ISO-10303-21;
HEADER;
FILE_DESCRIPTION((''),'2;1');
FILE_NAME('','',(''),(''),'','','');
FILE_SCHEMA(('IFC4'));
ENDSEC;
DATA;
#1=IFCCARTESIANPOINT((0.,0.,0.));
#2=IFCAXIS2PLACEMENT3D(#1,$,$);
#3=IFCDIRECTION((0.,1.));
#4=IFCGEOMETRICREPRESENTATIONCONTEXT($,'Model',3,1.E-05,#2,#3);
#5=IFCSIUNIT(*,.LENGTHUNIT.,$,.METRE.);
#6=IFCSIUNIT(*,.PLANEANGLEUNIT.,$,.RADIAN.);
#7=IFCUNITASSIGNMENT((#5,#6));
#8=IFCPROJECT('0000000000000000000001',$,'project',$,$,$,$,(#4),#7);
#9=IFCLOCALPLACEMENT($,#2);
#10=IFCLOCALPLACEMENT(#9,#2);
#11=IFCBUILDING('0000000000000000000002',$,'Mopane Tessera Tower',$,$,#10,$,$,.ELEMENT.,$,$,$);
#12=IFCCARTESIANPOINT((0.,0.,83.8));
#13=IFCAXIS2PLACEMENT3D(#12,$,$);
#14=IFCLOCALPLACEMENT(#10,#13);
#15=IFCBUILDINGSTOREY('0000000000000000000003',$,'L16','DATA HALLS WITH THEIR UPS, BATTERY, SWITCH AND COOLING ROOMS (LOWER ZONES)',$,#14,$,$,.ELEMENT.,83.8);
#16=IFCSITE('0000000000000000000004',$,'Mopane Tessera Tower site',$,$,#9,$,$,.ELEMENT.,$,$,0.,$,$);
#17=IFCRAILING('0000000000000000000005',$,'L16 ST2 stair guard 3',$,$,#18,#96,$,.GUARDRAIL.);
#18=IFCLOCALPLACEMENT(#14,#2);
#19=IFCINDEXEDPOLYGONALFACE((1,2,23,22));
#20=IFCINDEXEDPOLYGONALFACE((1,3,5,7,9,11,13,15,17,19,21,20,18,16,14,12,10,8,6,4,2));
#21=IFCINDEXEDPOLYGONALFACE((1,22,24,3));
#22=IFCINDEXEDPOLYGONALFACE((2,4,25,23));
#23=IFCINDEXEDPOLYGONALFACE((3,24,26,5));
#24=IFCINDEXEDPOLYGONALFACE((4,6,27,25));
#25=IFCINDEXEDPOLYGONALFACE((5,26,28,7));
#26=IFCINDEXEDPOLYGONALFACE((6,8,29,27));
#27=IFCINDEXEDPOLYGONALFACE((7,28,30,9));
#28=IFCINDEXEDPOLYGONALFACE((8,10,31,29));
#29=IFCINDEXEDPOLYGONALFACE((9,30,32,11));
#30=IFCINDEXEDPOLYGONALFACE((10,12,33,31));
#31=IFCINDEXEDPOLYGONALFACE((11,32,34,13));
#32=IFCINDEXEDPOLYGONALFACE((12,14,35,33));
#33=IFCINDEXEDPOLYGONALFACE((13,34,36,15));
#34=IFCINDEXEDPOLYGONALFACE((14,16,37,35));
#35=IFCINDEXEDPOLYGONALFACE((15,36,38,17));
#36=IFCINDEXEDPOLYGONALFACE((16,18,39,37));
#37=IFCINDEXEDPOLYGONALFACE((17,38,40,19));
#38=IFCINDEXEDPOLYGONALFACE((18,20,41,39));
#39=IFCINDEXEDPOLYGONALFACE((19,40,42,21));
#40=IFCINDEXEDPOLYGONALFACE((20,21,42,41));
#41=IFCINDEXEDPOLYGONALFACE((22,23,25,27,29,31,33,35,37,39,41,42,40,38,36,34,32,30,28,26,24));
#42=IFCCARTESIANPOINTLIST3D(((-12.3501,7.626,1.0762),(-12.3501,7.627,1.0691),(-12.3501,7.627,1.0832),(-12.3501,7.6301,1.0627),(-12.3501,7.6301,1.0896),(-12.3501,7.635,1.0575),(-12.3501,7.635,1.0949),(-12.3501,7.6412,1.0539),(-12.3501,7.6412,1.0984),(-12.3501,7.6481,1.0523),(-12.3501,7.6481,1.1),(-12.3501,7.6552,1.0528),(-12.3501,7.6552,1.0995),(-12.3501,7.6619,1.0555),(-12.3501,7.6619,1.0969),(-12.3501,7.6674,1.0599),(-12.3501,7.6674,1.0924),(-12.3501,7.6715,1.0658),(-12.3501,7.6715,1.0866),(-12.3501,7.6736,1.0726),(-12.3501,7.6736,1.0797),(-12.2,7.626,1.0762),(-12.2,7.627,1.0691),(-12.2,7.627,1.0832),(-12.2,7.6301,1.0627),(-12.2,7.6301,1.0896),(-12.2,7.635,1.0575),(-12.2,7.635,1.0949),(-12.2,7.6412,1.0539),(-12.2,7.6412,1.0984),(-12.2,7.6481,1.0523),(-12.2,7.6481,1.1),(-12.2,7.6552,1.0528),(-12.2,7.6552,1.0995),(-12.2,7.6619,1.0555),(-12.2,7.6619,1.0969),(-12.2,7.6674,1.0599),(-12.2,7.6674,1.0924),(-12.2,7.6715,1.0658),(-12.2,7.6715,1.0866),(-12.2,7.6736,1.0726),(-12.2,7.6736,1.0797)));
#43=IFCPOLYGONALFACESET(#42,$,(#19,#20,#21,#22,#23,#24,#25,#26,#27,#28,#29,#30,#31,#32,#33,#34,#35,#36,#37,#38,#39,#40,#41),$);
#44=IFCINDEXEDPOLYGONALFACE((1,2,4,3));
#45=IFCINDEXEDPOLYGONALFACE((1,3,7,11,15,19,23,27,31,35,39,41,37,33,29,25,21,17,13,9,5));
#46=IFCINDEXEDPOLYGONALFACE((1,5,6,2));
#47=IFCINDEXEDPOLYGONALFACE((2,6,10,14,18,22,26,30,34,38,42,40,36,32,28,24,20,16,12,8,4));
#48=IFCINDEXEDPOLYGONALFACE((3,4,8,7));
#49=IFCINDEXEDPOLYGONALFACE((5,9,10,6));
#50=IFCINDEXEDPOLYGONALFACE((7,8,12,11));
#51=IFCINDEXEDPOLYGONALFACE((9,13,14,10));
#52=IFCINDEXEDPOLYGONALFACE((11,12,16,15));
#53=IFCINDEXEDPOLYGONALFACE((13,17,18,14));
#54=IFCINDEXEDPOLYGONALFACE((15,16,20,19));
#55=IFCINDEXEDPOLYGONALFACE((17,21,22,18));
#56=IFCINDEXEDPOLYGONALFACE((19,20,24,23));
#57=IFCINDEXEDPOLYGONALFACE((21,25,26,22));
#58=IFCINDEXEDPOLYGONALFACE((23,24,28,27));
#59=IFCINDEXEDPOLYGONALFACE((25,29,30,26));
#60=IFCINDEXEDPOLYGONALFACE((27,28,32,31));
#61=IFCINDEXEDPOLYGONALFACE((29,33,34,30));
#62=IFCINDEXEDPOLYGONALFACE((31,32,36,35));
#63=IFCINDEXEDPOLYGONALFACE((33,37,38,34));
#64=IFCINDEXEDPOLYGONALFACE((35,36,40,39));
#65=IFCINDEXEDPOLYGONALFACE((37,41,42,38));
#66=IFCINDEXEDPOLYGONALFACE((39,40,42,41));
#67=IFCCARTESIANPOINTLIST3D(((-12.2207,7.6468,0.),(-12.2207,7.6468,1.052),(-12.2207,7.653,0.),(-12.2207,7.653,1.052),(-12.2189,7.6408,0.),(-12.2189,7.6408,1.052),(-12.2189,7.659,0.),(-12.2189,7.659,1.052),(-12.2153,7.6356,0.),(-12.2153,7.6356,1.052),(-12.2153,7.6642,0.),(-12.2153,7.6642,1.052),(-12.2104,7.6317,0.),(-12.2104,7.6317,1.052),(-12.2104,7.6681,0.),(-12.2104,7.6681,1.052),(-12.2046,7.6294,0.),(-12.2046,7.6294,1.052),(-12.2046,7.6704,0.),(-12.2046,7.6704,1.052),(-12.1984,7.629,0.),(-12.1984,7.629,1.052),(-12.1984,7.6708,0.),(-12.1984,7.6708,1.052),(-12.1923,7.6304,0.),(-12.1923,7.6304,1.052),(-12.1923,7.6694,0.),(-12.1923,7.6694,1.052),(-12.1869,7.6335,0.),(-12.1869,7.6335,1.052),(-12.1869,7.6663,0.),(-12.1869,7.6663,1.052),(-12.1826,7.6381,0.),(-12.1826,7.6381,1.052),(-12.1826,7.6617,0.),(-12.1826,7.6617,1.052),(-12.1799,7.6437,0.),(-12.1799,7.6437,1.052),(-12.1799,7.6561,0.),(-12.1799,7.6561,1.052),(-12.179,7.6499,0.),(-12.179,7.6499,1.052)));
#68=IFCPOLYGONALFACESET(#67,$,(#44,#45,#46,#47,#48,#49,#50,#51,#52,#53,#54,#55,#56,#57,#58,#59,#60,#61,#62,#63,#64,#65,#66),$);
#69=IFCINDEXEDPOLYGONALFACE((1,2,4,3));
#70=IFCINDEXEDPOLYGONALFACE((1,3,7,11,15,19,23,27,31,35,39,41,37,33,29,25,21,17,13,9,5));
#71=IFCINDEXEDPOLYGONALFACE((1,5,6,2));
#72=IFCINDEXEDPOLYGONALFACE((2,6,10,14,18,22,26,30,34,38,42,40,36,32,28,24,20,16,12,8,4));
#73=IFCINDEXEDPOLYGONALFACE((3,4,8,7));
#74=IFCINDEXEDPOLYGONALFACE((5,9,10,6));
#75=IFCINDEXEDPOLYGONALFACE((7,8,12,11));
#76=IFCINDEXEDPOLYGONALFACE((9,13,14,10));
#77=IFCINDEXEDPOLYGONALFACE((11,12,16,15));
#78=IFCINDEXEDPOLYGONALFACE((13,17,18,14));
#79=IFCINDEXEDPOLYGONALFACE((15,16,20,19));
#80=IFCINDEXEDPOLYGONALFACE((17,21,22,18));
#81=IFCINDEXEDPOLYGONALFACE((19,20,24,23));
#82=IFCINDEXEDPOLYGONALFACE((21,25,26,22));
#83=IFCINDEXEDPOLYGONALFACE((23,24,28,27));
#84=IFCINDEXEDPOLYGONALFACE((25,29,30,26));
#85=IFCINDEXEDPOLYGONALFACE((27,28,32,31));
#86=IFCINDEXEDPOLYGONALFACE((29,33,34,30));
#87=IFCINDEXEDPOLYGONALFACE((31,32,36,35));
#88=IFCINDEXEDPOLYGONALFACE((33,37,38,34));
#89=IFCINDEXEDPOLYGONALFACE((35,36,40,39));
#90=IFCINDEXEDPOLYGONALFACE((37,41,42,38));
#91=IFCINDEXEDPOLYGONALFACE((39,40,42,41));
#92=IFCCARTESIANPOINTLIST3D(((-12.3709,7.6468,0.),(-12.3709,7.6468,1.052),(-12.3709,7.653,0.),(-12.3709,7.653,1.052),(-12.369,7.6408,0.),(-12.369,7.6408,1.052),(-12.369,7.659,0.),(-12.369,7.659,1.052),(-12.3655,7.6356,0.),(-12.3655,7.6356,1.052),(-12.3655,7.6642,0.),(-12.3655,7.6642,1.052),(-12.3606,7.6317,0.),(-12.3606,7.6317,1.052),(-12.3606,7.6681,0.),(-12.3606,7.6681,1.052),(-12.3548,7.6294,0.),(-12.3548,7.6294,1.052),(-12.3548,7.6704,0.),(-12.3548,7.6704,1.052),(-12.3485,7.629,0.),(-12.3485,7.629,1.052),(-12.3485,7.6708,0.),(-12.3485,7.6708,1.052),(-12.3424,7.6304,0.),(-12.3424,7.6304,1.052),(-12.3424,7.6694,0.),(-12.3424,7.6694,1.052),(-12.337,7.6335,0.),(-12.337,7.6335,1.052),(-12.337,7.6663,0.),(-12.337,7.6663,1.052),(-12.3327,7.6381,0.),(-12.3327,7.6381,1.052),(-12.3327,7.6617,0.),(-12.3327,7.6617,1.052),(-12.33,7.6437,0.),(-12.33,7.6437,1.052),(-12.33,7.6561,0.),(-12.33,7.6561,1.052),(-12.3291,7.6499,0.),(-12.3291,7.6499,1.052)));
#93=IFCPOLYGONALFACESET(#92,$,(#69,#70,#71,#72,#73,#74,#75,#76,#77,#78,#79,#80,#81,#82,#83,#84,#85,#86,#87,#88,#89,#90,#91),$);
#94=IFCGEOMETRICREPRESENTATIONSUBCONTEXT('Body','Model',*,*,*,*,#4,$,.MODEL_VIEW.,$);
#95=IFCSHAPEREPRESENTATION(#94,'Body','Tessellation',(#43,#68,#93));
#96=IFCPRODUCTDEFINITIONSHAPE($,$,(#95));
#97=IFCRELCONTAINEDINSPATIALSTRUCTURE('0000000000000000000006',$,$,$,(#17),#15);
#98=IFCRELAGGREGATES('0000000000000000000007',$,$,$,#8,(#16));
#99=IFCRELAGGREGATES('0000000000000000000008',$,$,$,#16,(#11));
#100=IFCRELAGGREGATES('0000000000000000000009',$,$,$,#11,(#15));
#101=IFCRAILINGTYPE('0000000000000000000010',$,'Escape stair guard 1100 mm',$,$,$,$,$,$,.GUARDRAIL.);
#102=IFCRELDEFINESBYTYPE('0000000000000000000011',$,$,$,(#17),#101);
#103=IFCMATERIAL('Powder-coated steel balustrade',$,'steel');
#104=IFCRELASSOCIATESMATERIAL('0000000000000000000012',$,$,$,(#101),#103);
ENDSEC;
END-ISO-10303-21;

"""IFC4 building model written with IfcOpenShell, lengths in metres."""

from ifc_helpers import new_model, si_unit, direction, frame, origin, origin_2d, place, context, subcontext, project, spatial, circle, extrude, material, type_object, element, save


model = new_model("IFC4")

# Units and contexts
model_context = context("Model", 3, precision=1e-05, world=origin(), true_north=direction((0.0, 1.0)))
body_context = subcontext(model_context, "Body", "Model", "MODEL_VIEW")
ifc_project = project(units=[si_unit("LENGTHUNIT", "METRE"), si_unit("PLANEANGLEUNIT", "RADIAN")], contexts=[model_context])

# Site, building, storey
site_placement = place(None, origin())
site = spatial("IfcSite", under=ifc_project, at=site_placement, Name="Mopane Tessera Tower site", CompositionType="ELEMENT", RefElevation=0.0)
building_placement = place(site_placement, origin())
building = spatial("IfcBuilding", under=site, at=building_placement, Name="Mopane Tessera Tower", CompositionType="ELEMENT")
storey_placement = place(building_placement, frame((0.0, 0.0, 83.8)))
storey = spatial("IfcBuildingStorey", under=building, at=storey_placement, Name="L16", Description="DATA HALLS WITH THEIR UPS, BATTERY, SWITCH AND COOLING ROOMS (LOWER ZONES)", CompositionType="ELEMENT", Elevation=83.8)

# Railing
ifc_material_1 = material(Name="Powder-coated steel balustrade", Category="steel")
railing_type = type_object("IfcRailingType", Name="Escape stair guard 1100 mm", PredefinedType="GUARDRAIL", material=ifc_material_1)
railing_placement = place(storey_placement, frame((-12.2, 7.6499, 0.0)))
element("IfcRailing", 1, at=railing_placement, inside=storey, type_object=railing_type, Name="L16 ST2 stair guard 3", PredefinedType="GUARDRAIL", context=body_context, shape_type="SweptSolid", body=[
    extrude(circle(Radius=0.0239, at=origin_2d()), frame((0.0, 0.0, 1.0762), z_axis=(-1.0, 0.0, 0.0), x_axis=(0.0, -1.0, 0.0)), (0.0, 0.0, 1.0), 0.1501),
    extrude(circle(Radius=0.021, at=origin_2d()), origin(), (0.0, 0.0, 1.0), 1.052),
    extrude(circle(Radius=0.021, at=origin_2d()), frame((-0.1501, 0.0, 0.0)), (0.0, 0.0, 1.0), 1.052),
])

save(model, "model.ifc")
